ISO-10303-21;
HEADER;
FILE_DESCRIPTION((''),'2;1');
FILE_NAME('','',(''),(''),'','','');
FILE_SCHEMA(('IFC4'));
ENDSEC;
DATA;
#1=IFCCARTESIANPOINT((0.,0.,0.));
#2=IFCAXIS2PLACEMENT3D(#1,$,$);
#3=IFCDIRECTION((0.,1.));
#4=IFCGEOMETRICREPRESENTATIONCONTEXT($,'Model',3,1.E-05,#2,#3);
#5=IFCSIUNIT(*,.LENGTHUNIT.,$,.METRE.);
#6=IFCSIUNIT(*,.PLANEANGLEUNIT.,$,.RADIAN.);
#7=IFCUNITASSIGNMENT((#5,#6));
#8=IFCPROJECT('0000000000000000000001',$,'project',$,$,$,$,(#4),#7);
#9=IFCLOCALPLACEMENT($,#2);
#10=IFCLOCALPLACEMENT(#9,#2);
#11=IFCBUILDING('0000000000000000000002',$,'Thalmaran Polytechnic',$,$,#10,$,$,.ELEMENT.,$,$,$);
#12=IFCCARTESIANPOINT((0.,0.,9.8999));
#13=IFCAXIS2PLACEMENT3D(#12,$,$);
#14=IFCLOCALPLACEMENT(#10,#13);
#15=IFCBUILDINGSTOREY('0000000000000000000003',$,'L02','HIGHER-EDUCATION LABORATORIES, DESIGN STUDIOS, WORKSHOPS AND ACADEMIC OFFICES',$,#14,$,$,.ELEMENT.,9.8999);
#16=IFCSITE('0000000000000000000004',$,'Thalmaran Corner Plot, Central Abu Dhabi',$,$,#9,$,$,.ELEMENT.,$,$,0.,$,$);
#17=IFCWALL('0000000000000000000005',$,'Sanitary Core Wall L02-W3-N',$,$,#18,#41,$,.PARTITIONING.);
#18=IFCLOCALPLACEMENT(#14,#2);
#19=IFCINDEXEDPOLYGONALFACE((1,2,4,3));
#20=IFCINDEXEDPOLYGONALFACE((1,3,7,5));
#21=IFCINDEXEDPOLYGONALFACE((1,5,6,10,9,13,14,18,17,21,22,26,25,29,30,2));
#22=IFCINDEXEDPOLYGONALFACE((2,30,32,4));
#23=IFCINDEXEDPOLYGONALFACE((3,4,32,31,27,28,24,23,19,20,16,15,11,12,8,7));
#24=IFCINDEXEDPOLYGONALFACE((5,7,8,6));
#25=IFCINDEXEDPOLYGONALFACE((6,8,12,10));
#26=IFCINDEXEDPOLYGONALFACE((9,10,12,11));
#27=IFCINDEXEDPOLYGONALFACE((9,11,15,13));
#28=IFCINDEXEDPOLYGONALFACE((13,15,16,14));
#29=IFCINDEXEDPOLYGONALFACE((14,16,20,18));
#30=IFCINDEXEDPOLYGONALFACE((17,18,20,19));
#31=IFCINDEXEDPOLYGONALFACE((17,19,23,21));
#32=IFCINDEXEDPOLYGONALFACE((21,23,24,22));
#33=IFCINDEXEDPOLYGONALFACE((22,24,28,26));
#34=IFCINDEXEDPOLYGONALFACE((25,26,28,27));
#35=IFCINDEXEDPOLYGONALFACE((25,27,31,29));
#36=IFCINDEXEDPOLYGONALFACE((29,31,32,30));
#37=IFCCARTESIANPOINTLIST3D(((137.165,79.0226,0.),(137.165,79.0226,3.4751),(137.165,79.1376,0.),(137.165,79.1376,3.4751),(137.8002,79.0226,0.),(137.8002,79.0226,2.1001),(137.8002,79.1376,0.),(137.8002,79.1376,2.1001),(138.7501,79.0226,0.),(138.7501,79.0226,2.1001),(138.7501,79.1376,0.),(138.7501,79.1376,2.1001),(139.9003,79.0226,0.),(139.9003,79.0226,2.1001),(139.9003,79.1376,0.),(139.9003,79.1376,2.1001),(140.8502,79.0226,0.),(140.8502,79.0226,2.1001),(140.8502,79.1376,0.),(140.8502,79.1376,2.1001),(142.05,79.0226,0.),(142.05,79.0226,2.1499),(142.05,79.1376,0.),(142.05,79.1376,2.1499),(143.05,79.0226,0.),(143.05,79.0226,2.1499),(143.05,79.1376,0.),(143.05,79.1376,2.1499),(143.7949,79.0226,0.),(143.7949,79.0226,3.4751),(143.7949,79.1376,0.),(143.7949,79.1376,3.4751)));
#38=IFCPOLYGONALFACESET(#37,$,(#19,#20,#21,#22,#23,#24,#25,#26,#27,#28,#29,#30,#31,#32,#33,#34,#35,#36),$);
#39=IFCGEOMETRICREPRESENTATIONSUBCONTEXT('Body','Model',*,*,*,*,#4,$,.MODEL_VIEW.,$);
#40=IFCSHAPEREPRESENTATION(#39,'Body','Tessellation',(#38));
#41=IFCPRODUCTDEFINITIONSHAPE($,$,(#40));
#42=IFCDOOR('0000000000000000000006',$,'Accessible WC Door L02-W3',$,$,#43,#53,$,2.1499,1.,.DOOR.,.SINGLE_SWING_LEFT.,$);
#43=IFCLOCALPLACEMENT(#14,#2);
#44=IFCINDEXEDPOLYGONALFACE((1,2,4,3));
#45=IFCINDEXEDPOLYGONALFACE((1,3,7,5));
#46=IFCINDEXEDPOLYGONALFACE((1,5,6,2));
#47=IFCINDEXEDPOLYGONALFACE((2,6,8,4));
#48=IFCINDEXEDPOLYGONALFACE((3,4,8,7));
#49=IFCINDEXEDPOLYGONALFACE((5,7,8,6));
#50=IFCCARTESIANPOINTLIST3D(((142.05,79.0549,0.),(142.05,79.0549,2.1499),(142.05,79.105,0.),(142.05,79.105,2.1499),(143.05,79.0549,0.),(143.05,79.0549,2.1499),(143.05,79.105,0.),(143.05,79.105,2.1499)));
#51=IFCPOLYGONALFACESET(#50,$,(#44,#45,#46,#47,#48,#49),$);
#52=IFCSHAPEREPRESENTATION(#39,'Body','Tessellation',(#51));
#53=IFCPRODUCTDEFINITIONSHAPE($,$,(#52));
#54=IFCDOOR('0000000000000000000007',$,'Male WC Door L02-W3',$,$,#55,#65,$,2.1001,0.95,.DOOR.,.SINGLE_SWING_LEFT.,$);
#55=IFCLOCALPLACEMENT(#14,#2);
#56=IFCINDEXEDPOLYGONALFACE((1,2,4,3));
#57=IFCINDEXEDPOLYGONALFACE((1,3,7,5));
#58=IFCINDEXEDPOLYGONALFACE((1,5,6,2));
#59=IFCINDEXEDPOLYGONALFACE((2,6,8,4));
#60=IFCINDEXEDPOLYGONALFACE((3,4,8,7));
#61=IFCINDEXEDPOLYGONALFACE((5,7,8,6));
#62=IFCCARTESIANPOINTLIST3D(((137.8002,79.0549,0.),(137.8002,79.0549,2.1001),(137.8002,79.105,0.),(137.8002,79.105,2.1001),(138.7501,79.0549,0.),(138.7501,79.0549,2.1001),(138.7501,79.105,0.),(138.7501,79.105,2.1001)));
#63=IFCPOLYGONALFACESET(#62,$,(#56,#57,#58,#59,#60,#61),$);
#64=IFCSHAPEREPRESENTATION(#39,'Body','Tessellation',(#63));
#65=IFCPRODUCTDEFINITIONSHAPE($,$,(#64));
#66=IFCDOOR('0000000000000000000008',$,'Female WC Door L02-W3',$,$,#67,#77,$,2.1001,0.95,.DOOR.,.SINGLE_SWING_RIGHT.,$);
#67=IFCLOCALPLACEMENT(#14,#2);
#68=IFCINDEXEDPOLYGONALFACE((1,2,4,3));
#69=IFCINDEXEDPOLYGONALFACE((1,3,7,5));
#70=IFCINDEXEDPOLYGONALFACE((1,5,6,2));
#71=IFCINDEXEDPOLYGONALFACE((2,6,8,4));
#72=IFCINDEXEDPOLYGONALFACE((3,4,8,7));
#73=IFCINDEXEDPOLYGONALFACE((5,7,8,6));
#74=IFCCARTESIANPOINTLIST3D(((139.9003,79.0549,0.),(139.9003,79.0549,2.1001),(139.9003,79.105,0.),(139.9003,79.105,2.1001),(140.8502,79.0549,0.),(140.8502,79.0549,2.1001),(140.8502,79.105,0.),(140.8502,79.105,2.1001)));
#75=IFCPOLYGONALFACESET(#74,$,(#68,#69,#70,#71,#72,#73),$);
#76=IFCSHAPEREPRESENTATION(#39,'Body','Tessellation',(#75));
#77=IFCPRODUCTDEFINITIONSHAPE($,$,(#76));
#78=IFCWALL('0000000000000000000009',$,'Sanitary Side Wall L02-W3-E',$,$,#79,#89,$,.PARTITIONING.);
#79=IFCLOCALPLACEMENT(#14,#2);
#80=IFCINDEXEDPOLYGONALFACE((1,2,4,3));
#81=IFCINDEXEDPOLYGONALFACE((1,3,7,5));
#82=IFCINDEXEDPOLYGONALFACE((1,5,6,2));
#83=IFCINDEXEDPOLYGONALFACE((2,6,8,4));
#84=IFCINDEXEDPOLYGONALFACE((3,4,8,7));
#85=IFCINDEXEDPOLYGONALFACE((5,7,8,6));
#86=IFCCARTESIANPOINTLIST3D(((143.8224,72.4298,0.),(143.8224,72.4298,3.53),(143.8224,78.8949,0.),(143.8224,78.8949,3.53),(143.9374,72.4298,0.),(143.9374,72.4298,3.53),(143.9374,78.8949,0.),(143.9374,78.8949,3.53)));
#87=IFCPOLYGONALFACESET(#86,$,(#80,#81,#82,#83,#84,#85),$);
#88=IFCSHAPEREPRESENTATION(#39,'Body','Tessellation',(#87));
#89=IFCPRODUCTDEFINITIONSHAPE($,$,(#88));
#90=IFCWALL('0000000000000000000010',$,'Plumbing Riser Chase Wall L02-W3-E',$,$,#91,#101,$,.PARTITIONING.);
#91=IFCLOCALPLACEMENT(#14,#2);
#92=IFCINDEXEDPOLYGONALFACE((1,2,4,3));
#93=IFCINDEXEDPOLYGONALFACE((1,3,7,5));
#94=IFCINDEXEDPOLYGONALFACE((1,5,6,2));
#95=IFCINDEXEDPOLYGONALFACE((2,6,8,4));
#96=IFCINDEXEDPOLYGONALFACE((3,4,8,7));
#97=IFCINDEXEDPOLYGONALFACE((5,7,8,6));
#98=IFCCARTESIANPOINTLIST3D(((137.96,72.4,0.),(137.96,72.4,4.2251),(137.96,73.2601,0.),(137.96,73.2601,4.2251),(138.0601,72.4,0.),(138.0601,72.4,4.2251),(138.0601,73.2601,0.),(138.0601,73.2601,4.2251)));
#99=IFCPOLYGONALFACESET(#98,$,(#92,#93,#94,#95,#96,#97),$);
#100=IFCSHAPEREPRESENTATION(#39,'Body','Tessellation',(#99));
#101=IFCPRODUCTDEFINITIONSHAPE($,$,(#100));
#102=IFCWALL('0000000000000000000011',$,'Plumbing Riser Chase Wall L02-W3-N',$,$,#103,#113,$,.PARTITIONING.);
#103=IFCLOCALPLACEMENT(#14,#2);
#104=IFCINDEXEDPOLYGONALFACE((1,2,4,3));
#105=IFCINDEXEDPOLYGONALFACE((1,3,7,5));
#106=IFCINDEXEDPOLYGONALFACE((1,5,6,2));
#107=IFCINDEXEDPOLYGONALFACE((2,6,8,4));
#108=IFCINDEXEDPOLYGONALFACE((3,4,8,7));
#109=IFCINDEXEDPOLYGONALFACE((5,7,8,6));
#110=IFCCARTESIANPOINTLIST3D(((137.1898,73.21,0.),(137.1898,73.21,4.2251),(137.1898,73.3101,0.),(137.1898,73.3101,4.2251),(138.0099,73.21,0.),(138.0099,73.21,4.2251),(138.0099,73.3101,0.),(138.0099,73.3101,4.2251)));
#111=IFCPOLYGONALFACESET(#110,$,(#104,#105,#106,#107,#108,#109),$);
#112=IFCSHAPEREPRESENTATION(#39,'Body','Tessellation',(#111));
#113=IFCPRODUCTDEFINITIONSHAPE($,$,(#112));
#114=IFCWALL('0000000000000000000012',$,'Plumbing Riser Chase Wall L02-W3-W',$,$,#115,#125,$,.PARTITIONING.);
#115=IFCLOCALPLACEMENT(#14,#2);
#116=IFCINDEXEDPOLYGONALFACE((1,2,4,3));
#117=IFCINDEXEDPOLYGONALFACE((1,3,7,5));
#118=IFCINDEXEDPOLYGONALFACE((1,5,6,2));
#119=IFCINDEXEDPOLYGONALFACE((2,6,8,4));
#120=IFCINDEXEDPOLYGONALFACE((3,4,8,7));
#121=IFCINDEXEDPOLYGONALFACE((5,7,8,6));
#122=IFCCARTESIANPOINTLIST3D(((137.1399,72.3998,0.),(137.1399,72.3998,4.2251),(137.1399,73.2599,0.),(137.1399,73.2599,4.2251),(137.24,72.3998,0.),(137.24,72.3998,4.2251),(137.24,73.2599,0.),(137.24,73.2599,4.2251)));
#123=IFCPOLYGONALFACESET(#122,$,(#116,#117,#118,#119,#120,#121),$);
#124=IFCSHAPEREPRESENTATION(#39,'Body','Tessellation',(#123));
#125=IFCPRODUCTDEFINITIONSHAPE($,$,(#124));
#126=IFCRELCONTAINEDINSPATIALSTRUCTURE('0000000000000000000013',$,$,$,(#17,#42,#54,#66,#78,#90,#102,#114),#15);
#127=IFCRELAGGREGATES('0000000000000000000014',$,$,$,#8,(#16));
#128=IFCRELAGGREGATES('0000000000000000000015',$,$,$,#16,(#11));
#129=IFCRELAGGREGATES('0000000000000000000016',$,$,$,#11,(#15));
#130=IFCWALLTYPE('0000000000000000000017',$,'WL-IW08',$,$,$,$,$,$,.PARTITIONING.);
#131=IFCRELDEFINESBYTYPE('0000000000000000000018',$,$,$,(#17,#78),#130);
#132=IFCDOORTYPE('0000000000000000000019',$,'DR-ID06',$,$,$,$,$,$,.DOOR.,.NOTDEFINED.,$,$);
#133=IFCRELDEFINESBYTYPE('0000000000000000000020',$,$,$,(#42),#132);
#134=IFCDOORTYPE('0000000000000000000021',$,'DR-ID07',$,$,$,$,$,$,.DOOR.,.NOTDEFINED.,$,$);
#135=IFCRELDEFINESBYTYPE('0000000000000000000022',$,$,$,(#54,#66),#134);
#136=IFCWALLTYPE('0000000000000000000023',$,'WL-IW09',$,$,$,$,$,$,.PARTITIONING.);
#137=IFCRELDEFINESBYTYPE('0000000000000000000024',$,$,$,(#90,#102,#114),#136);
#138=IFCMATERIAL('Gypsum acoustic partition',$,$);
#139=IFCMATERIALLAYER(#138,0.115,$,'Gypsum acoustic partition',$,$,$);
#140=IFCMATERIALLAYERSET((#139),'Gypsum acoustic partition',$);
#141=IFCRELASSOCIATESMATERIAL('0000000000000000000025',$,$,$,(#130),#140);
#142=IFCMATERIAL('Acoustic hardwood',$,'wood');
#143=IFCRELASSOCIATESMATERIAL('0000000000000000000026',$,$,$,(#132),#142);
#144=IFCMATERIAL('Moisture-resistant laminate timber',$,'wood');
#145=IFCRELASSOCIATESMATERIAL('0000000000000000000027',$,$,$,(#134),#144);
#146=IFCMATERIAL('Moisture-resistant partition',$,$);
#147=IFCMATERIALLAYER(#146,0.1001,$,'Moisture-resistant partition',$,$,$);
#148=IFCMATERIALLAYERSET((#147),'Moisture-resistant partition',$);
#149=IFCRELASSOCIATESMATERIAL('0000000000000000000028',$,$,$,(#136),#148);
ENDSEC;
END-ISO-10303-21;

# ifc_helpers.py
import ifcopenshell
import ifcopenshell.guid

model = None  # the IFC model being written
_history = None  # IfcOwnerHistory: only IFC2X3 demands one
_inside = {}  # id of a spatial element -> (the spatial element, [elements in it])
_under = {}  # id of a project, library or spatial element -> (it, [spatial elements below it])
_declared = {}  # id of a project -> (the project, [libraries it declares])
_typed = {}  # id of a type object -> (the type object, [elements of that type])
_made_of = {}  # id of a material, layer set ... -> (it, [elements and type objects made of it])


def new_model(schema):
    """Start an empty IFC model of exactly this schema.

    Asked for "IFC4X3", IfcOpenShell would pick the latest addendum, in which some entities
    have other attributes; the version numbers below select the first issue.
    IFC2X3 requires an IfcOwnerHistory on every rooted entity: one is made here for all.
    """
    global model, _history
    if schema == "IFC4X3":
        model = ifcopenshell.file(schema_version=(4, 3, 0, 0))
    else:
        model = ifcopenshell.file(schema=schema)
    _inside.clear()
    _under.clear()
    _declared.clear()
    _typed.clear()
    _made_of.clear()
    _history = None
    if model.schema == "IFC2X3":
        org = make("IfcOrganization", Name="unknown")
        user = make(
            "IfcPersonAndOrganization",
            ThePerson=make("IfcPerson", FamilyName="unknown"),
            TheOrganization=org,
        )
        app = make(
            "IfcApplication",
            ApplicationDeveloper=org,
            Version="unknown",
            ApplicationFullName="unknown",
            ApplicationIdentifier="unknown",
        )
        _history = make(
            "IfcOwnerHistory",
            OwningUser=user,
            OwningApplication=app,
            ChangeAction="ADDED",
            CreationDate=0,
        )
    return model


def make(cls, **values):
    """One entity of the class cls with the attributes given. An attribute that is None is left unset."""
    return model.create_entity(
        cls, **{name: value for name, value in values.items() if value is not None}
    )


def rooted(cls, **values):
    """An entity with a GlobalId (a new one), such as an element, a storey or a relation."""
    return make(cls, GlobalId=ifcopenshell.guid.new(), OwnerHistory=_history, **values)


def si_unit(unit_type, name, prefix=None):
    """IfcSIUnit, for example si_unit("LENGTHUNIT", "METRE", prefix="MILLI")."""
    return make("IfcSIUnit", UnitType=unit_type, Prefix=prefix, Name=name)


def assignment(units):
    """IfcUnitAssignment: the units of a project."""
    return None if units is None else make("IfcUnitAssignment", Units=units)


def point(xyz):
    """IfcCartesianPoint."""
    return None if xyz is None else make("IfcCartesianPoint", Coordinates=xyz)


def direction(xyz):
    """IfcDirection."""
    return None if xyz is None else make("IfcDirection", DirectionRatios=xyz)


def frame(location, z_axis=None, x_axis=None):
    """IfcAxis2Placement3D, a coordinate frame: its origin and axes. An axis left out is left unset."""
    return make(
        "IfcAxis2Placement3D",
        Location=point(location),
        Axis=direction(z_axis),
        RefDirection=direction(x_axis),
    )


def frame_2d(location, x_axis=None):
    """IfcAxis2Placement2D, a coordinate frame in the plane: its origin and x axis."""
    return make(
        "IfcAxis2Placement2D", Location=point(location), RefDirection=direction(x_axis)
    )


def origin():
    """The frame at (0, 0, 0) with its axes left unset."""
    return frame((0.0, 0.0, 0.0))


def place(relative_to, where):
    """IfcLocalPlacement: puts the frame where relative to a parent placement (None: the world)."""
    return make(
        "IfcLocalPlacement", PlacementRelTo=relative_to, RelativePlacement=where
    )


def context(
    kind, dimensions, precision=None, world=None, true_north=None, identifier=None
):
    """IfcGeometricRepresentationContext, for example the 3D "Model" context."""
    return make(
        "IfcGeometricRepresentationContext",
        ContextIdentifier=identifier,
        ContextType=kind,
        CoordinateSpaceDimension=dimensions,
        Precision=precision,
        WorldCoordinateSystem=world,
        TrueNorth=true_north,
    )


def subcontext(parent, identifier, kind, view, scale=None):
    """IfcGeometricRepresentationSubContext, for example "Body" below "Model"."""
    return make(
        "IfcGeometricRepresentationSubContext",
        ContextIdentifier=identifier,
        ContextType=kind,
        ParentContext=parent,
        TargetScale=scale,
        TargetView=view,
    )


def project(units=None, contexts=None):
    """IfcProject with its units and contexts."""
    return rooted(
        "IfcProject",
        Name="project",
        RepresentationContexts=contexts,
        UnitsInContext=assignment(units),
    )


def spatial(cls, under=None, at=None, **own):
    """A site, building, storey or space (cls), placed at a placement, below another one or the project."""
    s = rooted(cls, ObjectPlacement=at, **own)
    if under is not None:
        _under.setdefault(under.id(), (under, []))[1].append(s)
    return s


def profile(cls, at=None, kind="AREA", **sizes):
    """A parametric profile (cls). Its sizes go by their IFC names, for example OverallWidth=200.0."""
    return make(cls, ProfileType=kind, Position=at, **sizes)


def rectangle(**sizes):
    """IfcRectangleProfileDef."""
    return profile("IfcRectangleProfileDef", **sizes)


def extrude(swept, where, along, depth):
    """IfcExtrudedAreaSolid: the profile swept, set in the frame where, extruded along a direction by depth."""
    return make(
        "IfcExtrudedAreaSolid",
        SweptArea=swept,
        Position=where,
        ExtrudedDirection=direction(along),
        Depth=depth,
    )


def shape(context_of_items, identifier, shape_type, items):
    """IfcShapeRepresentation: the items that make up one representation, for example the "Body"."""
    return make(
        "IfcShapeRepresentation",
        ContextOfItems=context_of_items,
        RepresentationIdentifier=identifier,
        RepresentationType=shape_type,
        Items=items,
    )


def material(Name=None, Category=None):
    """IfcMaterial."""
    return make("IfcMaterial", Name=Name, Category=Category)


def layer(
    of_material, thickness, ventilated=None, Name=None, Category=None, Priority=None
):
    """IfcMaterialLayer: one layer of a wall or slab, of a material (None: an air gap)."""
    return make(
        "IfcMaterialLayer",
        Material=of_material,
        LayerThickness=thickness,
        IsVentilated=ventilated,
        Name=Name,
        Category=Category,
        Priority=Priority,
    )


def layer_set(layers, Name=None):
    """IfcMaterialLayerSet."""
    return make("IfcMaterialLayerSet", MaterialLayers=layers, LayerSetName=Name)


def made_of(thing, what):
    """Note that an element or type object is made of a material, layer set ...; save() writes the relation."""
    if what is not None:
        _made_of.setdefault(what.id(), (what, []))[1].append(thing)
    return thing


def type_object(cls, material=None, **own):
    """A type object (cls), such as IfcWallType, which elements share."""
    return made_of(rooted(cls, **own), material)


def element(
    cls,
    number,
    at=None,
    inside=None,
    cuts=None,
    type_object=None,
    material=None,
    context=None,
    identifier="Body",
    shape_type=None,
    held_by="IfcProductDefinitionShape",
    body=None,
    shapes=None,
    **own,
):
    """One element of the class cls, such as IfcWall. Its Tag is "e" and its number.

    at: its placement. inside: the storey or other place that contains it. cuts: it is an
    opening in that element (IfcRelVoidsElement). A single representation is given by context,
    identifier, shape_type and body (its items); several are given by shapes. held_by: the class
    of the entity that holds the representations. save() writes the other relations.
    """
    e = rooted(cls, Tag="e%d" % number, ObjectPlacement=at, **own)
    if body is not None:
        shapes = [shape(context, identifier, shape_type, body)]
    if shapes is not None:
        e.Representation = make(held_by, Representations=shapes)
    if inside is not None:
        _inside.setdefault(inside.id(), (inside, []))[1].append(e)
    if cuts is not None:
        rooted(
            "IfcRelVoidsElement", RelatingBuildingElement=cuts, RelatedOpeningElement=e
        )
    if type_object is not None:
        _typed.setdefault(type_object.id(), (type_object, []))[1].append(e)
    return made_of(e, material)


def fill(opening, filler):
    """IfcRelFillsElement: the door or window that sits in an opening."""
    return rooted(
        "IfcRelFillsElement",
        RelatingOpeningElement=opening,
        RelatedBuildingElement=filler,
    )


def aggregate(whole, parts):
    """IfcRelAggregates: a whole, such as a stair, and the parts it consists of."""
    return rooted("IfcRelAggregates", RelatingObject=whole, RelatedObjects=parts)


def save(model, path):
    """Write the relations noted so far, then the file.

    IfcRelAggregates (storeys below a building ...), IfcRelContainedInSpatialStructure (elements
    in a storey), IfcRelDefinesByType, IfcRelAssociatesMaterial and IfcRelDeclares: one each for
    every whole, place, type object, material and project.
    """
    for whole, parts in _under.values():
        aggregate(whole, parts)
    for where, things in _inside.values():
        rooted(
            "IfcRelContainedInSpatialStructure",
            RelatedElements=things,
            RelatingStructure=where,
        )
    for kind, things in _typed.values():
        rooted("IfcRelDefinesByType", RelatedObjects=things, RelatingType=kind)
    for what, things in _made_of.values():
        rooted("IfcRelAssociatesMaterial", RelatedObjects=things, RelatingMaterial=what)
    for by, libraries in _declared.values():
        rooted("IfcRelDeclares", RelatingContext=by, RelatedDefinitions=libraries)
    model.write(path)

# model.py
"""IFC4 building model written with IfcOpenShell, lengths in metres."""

from ifc_helpers import new_model, si_unit, direction, frame, frame_2d, origin, place, context, subcontext, project, spatial, rectangle, extrude, material, layer, layer_set, type_object, element, fill, save


model = new_model("IFC4")

# Units and contexts
model_context = context("Model", 3, precision=1e-05, world=origin(), true_north=direction((0.0, 1.0)))
body_context = subcontext(model_context, "Body", "Model", "MODEL_VIEW")
ifc_project = project(units=[si_unit("LENGTHUNIT", "METRE"), si_unit("PLANEANGLEUNIT", "RADIAN")], contexts=[model_context])

# Site, building, storey
site_placement = place(None, origin())
site = spatial("IfcSite", under=ifc_project, at=site_placement, Name="Thalmaran Corner Plot, Central Abu Dhabi", CompositionType="ELEMENT", RefElevation=0.0)
building_placement = place(site_placement, origin())
building = spatial("IfcBuilding", under=site, at=building_placement, Name="Thalmaran Polytechnic", CompositionType="ELEMENT")
storey_placement = place(building_placement, frame((0.0, 0.0, 9.8999)))
storey = spatial("IfcBuildingStorey", under=building, at=storey_placement, Name="L02", Description="HIGHER-EDUCATION LABORATORIES, DESIGN STUDIOS, WORKSHOPS AND ACADEMIC OFFICES", CompositionType="ELEMENT", Elevation=9.8999)

# Shared definitions
ifc_material_1 = material(Name="Gypsum acoustic partition")

# Wall, openings, doors
ifc_layer_1 = layer(ifc_material_1, 0.115, Name="Gypsum acoustic partition")
ifc_layer_set_1 = layer_set([ifc_layer_1], Name="Gypsum acoustic partition")
wall_type_1 = type_object("IfcWallType", Name="WL-IW08", PredefinedType="PARTITIONING", material=ifc_layer_set_1)
wall_1_placement = place(storey_placement, frame((137.165, 79.0801, 0.0), z_axis=(0.0, 0.0, 1.0), x_axis=(1.0, 0.0, 0.0)))
wall_1 = element("IfcWall", 1, at=wall_1_placement, inside=storey, type_object=wall_type_1, Name="Sanitary Core Wall L02-W3-N", PredefinedType="PARTITIONING", context=body_context, shape_type="SweptSolid", body=[
    extrude(rectangle(XDim=6.6299, YDim=0.115, at=frame_2d((3.3149, 0.0))), origin(), (0.0, 0.0, 1.0), 3.4751),
])
opening_1_placement = place(wall_1_placement, frame((0.635, 0.0, 0.0)))
opening_1 = element("IfcOpeningElement", 2, at=opening_1_placement, cuts=wall_1, PredefinedType="OPENING", context=body_context, shape_type="SweptSolid", body=[
    extrude(rectangle(XDim=0.95, YDim=2.1001, at=frame_2d((0.4751, 1.05))), frame((0.0, 0.0674, 0.0), z_axis=(0.0, -1.0, 0.0), x_axis=(1.0, 0.0, 0.0)), (0.0, 0.0, 1.0), 0.135),
])
opening_2_placement = place(wall_1_placement, frame((2.7351, 0.0, 0.0)))
opening_2 = element("IfcOpeningElement", 3, at=opening_2_placement, cuts=wall_1, PredefinedType="OPENING", context=body_context, shape_type="SweptSolid", body=[
    extrude(rectangle(XDim=0.95, YDim=2.1001, at=frame_2d((0.4751, 1.05))), frame((0.0, 0.0674, 0.0), z_axis=(0.0, -1.0, 0.0), x_axis=(1.0, 0.0, 0.0)), (0.0, 0.0, 1.0), 0.135),
])
opening_3_placement = place(wall_1_placement, frame((4.885, 0.0, 0.0)))
opening_3 = element("IfcOpeningElement", 4, at=opening_3_placement, cuts=wall_1, PredefinedType="OPENING", context=body_context, shape_type="SweptSolid", body=[
    extrude(rectangle(XDim=1.0, YDim=2.1499, at=frame_2d((0.5, 1.075))), frame((0.0, 0.0674, 0.0), z_axis=(0.0, -1.0, 0.0), x_axis=(1.0, 0.0, 0.0)), (0.0, 0.0, 1.0), 0.135),
])
ifc_material_2 = material(Name="Acoustic hardwood", Category="wood")
door_type_1 = type_object("IfcDoorType", Name="DR-ID06", OperationType="NOTDEFINED", PredefinedType="DOOR", material=ifc_material_2)
door_1_placement = place(opening_3_placement, origin())
door_1 = element("IfcDoor", 5, at=door_1_placement, inside=storey, type_object=door_type_1, Name="Accessible WC Door L02-W3", OperationType="SINGLE_SWING_LEFT", OverallHeight=2.1499, OverallWidth=1.0, PredefinedType="DOOR", context=body_context, shape_type="SweptSolid", body=[
    extrude(rectangle(XDim=1.0, YDim=2.1499, at=frame_2d((0.5, 1.075))), frame((0.0, 0.0249, 0.0), z_axis=(0.0, -1.0, 0.0), x_axis=(1.0, 0.0, 0.0)), (0.0, 0.0, 1.0), 0.05),
])
fill(opening_3, door_1)
ifc_material_3 = material(Name="Moisture-resistant laminate timber", Category="wood")
door_type_2 = type_object("IfcDoorType", Name="DR-ID07", OperationType="NOTDEFINED", PredefinedType="DOOR", material=ifc_material_3)
door_2_placement = place(opening_1_placement, origin())
door_2 = element("IfcDoor", 6, at=door_2_placement, inside=storey, type_object=door_type_2, Name="Male WC Door L02-W3", OperationType="SINGLE_SWING_LEFT", OverallHeight=2.1001, OverallWidth=0.95, PredefinedType="DOOR", context=body_context, shape_type="SweptSolid", body=[
    extrude(rectangle(XDim=0.95, YDim=2.1001, at=frame_2d((0.4751, 1.05))), frame((0.0, 0.0249, 0.0), z_axis=(0.0, -1.0, 0.0), x_axis=(1.0, 0.0, 0.0)), (0.0, 0.0, 1.0), 0.05),
])
fill(opening_1, door_2)
door_3_placement = place(opening_2_placement, origin())
door_3 = element("IfcDoor", 7, at=door_3_placement, inside=storey, type_object=door_type_2, Name="Female WC Door L02-W3", OperationType="SINGLE_SWING_RIGHT", OverallHeight=2.1001, OverallWidth=0.95, PredefinedType="DOOR", context=body_context, shape_type="SweptSolid", body=[
    extrude(rectangle(XDim=0.95, YDim=2.1001, at=frame_2d((0.4751, 1.05))), frame((0.0, 0.0249, 0.0), z_axis=(0.0, -1.0, 0.0), x_axis=(1.0, 0.0, 0.0)), (0.0, 0.0, 1.0), 0.05),
])
fill(opening_2, door_3)

# Walls
wall_2_placement = place(storey_placement, frame((143.8799, 72.4299, 0.0), z_axis=(0.0, 0.0, 1.0), x_axis=(0.0, 1.0, 0.0)))
element("IfcWall", 8, at=wall_2_placement, inside=storey, type_object=wall_type_1, Name="Sanitary Side Wall L02-W3-E", PredefinedType="PARTITIONING", context=body_context, shape_type="SweptSolid", body=[
    extrude(rectangle(XDim=6.4651, YDim=0.115, at=frame_2d((3.2324, 0.0))), origin(), (0.0, 0.0, 1.0), 3.53),
])
ifc_material_4 = material(Name="Moisture-resistant partition")
ifc_layer_2 = layer(ifc_material_4, 0.1001, Name="Moisture-resistant partition")
ifc_layer_set_2 = layer_set([ifc_layer_2], Name="Moisture-resistant partition")
wall_type_2 = type_object("IfcWallType", Name="WL-IW09", PredefinedType="PARTITIONING", material=ifc_layer_set_2)
wall_3_placement = place(storey_placement, frame((138.01, 72.3999, 0.0), z_axis=(0.0, 0.0, 1.0), x_axis=(0.0, 1.0, 0.0)))
element("IfcWall", 9, at=wall_3_placement, inside=storey, type_object=wall_type_2, Name="Plumbing Riser Chase Wall L02-W3-E", PredefinedType="PARTITIONING", context=body_context, shape_type="SweptSolid", body=[
    extrude(rectangle(XDim=0.8601, YDim=0.1001, at=frame_2d((0.4302, 0.0))), origin(), (0.0, 0.0, 1.0), 4.2251),
])
wall_4_placement = place(storey_placement, frame((138.01, 73.26, 0.0), z_axis=(0.0, 0.0, 1.0), x_axis=(-1.0, 0.0, 0.0)))
element("IfcWall", 10, at=wall_4_placement, inside=storey, type_object=wall_type_2, Name="Plumbing Riser Chase Wall L02-W3-N", PredefinedType="PARTITIONING", context=body_context, shape_type="SweptSolid", body=[
    extrude(rectangle(XDim=0.8201, YDim=0.1001, at=frame_2d((0.4102, 0.0))), origin(), (0.0, 0.0, 1.0), 4.2251),
])
wall_5_placement = place(storey_placement, frame((137.1899, 73.26, 0.0), z_axis=(0.0, 0.0, 1.0), x_axis=(0.0, -1.0, 0.0)))
element("IfcWall", 11, at=wall_5_placement, inside=storey, type_object=wall_type_2, Name="Plumbing Riser Chase Wall L02-W3-W", PredefinedType="PARTITIONING", context=body_context, shape_type="SweptSolid", body=[
    extrude(rectangle(XDim=0.8601, YDim=0.1001, at=frame_2d((0.4302, 0.0))), origin(), (0.0, 0.0, 1.0), 4.2251),
])

save(model, "model.ifc")
